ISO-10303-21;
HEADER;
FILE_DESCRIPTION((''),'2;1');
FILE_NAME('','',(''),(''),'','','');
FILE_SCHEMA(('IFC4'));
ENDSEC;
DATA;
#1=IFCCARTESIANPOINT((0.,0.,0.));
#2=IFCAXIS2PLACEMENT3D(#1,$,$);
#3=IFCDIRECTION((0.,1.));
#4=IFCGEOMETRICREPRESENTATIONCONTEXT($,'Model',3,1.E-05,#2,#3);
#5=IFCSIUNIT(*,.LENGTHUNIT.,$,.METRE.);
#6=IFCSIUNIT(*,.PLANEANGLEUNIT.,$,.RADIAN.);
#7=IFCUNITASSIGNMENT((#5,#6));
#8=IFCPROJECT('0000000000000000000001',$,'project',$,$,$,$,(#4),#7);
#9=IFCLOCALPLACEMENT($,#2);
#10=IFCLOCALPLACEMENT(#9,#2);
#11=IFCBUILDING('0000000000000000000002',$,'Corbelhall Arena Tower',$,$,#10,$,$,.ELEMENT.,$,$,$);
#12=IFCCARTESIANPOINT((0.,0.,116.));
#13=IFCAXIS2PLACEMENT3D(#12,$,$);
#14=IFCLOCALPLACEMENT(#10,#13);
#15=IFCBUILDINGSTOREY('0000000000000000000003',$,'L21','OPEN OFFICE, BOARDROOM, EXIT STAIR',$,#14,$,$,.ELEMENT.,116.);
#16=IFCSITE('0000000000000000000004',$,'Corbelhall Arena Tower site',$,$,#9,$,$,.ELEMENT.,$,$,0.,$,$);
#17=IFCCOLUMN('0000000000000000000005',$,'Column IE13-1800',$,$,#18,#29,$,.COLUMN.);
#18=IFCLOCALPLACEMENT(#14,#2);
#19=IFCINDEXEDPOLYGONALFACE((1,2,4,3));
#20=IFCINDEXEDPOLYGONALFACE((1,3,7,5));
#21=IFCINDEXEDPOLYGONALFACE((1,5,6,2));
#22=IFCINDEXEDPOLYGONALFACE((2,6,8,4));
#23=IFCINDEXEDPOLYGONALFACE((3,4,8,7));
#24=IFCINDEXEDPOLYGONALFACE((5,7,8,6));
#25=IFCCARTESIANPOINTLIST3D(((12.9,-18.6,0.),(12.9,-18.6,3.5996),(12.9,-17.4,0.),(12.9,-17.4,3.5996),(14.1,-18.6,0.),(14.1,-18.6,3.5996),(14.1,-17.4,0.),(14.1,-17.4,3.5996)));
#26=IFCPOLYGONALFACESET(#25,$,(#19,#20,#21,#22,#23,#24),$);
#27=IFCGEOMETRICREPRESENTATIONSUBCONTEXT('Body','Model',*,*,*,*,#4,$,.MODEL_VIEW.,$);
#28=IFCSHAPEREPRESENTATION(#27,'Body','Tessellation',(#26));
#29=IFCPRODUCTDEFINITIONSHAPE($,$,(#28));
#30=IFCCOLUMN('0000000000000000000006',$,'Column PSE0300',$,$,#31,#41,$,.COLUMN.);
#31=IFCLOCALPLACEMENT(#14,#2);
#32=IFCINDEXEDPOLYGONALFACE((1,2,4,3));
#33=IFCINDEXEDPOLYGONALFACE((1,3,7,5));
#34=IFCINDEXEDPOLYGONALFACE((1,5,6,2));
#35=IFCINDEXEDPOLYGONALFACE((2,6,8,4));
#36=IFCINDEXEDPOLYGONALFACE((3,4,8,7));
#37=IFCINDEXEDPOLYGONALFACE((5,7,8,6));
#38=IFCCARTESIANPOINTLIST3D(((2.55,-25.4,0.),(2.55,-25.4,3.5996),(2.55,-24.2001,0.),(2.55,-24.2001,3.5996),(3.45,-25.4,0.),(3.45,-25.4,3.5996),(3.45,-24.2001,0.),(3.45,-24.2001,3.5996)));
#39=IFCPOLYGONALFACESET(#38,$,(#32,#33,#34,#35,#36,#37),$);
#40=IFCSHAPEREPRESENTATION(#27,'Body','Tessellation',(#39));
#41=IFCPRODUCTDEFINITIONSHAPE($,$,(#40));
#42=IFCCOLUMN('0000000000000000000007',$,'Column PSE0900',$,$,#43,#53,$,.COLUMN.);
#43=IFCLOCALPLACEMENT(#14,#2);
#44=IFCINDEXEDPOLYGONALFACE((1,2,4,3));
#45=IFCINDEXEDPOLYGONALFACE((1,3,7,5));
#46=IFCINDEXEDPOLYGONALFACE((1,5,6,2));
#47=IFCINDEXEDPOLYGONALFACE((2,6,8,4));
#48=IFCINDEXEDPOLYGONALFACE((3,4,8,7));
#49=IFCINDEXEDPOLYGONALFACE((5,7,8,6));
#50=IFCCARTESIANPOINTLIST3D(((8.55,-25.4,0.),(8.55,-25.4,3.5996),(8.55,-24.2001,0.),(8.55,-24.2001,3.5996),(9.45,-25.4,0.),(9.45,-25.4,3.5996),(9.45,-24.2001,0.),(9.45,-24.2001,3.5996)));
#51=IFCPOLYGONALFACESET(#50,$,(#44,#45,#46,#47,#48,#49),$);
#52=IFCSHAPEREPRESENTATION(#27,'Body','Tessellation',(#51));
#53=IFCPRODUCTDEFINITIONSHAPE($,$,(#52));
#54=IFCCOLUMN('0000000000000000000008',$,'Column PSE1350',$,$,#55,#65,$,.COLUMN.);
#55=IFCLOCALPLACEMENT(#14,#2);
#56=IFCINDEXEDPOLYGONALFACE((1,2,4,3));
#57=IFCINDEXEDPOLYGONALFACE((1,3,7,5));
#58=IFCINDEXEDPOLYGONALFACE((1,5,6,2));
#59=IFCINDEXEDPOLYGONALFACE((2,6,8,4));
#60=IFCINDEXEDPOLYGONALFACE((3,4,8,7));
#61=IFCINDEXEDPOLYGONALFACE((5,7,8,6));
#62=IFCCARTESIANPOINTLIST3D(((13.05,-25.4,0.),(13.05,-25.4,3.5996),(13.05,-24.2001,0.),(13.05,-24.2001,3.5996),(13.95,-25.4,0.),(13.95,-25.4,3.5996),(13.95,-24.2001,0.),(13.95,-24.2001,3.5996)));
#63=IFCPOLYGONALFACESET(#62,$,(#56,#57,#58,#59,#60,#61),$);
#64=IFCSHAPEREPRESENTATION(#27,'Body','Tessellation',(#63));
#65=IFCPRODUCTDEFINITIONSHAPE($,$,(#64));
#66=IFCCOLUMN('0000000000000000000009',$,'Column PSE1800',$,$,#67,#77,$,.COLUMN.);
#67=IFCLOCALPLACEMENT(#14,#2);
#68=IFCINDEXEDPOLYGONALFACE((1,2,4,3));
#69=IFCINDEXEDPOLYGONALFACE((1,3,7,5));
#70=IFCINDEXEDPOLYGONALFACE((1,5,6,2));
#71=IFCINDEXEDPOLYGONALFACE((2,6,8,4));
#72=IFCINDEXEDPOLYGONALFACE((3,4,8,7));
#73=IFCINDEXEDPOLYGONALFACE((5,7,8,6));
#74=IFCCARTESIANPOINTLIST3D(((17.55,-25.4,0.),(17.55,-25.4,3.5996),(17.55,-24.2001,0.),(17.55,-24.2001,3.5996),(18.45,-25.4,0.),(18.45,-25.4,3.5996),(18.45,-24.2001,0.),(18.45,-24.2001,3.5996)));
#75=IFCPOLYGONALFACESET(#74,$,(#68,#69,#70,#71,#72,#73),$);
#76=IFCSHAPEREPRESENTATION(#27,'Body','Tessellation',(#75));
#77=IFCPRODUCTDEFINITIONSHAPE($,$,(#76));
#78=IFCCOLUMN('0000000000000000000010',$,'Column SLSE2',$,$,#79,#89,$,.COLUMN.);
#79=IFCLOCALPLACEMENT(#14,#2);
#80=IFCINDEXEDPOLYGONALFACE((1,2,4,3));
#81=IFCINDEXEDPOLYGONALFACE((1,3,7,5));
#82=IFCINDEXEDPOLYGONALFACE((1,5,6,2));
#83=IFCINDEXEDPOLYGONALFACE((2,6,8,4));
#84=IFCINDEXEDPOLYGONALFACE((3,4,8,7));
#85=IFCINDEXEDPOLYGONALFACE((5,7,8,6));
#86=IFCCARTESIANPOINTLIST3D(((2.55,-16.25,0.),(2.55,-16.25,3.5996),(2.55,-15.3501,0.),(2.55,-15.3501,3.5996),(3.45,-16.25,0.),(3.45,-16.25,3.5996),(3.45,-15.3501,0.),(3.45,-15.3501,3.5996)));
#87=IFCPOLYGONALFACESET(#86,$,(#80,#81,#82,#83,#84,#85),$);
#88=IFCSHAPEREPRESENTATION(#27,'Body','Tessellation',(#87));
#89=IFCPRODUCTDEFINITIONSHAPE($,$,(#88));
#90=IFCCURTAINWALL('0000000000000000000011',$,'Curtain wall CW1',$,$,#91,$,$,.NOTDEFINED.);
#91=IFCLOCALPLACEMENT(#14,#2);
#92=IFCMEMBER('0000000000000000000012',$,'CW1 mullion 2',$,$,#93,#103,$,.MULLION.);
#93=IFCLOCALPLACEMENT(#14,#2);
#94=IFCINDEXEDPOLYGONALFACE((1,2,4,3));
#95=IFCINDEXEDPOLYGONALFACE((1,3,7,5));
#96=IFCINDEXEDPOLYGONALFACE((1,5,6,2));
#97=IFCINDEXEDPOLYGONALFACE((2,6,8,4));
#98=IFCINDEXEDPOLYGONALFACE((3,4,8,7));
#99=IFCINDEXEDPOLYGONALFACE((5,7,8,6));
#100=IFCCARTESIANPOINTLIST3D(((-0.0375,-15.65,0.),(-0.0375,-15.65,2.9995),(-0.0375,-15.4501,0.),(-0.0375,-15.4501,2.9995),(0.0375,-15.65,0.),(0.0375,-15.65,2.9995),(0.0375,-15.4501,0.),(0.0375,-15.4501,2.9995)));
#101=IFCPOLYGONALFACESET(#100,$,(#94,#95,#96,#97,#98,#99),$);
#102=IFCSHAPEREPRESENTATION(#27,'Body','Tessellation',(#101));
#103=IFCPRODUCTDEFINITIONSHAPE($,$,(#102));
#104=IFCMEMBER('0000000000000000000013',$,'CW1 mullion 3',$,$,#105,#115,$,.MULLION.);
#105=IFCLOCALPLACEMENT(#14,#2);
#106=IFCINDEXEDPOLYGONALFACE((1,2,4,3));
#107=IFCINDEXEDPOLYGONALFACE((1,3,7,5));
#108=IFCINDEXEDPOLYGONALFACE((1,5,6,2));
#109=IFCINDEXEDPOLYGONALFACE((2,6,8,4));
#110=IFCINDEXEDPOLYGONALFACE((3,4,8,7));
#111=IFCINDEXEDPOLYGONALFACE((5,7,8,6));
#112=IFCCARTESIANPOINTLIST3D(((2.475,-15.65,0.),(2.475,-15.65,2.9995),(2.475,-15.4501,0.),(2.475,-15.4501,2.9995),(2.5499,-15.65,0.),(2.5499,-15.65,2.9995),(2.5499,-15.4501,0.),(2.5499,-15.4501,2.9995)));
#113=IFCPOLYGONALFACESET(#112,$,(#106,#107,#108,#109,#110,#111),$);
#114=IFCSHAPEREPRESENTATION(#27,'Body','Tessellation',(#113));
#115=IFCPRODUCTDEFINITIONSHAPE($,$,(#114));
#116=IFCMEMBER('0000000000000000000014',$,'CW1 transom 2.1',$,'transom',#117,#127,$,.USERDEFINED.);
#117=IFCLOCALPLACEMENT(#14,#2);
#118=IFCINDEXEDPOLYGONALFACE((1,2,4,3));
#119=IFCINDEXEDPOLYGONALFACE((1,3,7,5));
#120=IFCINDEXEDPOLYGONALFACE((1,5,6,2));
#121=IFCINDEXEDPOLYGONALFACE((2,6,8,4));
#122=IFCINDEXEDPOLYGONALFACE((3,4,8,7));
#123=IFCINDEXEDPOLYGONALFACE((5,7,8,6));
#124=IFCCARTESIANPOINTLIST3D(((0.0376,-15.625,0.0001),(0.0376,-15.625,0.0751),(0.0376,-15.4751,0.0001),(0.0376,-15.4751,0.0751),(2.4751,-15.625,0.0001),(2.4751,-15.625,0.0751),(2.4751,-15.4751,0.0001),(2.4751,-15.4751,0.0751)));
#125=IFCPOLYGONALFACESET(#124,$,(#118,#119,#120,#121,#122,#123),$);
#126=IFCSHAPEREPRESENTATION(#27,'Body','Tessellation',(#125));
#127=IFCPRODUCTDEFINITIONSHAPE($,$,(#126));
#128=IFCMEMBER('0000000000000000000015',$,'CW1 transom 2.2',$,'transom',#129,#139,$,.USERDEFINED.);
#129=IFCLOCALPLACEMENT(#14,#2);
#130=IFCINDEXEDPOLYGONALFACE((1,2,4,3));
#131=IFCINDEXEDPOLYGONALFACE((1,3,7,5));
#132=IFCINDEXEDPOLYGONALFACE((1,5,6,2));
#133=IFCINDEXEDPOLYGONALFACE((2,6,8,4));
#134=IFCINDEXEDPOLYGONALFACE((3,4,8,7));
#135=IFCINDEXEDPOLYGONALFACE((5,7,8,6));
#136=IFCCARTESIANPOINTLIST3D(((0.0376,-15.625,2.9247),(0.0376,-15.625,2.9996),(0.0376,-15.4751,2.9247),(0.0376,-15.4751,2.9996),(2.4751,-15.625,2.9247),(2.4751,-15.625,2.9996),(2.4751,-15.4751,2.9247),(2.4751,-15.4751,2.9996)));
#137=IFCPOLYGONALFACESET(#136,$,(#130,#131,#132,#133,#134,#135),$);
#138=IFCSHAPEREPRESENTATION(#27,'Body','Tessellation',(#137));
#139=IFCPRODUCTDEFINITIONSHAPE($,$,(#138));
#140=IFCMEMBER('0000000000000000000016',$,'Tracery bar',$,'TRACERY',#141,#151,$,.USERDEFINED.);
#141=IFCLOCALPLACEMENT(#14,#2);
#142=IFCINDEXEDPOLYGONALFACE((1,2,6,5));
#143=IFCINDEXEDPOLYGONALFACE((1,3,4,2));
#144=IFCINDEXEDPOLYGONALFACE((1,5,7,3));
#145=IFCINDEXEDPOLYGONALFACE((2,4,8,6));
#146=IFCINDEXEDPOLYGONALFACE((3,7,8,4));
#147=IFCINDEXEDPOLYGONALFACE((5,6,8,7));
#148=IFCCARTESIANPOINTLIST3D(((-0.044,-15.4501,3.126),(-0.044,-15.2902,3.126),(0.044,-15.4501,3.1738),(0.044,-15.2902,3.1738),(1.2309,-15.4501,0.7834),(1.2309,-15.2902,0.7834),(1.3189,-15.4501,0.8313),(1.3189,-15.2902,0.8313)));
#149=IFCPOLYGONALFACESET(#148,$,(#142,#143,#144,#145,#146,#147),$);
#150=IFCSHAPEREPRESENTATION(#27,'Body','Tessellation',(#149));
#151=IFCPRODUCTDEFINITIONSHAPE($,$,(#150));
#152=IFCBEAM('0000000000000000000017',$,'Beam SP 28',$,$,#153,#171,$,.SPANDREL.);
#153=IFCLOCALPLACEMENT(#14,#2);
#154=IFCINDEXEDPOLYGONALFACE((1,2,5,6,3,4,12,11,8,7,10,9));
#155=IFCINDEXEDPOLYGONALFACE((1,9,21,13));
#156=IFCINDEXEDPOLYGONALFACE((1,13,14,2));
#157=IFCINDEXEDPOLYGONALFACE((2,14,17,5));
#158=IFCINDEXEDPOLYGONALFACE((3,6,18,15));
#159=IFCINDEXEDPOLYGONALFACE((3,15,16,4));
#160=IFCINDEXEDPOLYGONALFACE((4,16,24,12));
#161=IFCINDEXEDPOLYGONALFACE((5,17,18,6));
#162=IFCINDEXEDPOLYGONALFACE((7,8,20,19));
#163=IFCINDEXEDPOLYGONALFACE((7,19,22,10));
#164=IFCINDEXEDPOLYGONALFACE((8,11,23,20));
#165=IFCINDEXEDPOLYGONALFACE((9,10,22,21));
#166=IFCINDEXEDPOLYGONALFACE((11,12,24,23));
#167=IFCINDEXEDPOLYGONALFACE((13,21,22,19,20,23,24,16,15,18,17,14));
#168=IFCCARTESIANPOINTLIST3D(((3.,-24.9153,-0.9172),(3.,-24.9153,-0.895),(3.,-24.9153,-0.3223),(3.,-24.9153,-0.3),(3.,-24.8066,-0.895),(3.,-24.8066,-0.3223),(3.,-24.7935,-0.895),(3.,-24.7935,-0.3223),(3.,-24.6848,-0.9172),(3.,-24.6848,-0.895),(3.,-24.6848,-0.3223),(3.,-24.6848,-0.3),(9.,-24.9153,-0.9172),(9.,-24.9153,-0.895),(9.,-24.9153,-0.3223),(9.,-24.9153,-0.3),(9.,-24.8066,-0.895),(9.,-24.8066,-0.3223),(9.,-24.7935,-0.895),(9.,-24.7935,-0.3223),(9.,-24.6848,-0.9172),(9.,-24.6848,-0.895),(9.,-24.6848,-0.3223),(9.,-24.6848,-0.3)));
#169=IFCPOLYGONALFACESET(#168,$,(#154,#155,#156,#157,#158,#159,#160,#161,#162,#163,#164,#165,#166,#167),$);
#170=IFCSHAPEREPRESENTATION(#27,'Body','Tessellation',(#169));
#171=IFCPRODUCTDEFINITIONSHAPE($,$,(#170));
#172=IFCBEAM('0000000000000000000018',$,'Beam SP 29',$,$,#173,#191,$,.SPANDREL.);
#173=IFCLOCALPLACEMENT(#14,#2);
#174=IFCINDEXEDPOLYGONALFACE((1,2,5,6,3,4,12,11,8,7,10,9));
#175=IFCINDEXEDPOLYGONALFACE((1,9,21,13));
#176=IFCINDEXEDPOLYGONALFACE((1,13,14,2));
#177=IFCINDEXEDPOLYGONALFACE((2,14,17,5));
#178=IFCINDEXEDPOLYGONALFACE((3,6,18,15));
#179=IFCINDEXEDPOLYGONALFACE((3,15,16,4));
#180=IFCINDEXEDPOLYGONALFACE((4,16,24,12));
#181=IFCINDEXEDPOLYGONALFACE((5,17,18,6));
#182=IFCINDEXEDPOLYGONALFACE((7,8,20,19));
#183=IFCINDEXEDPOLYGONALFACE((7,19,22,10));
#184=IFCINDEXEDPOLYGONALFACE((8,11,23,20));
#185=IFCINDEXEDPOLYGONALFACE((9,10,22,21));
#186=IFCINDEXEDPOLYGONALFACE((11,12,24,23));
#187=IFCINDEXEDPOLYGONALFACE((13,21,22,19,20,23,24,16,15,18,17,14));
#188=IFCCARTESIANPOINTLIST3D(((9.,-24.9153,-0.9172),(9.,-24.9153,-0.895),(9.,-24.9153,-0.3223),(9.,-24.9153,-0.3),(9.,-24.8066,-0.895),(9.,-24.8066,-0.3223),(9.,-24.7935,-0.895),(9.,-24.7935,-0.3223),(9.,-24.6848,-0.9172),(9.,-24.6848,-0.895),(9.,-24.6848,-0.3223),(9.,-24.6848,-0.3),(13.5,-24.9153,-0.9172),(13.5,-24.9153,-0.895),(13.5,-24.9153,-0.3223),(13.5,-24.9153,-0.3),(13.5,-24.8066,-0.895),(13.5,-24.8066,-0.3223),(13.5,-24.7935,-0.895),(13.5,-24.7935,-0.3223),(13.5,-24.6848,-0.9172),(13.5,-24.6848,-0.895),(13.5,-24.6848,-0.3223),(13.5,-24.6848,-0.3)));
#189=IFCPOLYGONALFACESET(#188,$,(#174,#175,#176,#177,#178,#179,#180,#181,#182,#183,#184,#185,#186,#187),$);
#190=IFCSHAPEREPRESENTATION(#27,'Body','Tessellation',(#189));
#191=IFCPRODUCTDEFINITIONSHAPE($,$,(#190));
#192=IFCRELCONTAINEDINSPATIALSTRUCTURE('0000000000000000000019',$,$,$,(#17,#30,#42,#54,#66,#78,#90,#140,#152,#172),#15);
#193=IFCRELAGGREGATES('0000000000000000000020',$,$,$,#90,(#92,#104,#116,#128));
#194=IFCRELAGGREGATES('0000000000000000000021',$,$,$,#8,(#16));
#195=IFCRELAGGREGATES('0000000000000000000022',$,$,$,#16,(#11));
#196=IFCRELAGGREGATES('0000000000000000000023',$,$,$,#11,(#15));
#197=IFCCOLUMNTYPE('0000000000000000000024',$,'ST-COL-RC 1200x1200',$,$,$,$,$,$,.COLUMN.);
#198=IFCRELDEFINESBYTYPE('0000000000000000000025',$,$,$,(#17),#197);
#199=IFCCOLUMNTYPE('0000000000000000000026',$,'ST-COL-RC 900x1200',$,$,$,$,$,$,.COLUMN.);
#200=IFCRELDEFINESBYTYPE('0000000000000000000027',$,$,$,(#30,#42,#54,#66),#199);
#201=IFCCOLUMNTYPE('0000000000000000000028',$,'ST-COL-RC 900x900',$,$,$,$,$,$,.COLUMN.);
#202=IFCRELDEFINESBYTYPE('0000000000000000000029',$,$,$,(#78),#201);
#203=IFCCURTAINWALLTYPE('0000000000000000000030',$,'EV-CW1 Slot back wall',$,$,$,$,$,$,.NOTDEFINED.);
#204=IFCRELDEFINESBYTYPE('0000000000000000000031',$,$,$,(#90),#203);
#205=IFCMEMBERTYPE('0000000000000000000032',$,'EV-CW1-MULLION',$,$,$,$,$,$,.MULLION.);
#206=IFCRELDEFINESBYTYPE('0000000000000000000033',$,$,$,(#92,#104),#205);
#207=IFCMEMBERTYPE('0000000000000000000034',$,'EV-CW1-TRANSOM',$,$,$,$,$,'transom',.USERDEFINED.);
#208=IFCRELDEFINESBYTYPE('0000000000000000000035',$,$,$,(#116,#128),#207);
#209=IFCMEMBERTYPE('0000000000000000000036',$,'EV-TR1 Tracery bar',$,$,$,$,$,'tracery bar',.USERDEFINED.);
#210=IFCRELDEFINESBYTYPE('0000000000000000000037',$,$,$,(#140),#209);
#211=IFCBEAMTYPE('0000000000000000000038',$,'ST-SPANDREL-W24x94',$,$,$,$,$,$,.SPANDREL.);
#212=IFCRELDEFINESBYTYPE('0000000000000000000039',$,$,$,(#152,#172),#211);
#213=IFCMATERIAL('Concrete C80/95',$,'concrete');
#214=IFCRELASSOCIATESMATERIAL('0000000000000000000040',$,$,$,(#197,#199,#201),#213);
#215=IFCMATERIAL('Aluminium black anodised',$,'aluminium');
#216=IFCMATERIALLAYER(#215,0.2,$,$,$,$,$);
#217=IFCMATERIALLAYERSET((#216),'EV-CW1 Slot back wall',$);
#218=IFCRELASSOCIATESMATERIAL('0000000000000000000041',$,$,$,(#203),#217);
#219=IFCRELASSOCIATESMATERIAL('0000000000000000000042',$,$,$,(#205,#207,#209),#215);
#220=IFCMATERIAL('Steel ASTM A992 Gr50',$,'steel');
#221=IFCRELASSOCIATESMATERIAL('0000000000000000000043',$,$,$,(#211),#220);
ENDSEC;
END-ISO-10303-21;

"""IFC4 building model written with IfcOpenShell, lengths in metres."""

from ifc_helpers import new_model, si_unit, direction, frame, origin, origin_2d, place, context, subcontext, project, spatial, rectangle, i_section, extrude, material, layer, layer_set, material_profile, profile_set, type_object, element, aggregate, save


model = new_model("IFC4")

# Units and contexts
model_context = context("Model", 3, precision=1e-05, world=origin(), true_north=direction((0.0, 1.0)))
body_context = subcontext(model_context, "Body", "Model", "MODEL_VIEW")
ifc_project = project(units=[si_unit("LENGTHUNIT", "METRE"), si_unit("PLANEANGLEUNIT", "RADIAN")], contexts=[model_context])

# Site, building, storey
site_placement = place(None, origin())
site = spatial("IfcSite", under=ifc_project, at=site_placement, Name="Corbelhall Arena Tower site", CompositionType="ELEMENT", RefElevation=0.0)
building_placement = place(site_placement, origin())
building = spatial("IfcBuilding", under=site, at=building_placement, Name="Corbelhall Arena Tower", CompositionType="ELEMENT")
storey_placement = place(building_placement, frame((0.0, 0.0, 116.0)))
storey = spatial("IfcBuildingStorey", under=building, at=storey_placement, Name="L21", Description="OPEN OFFICE, BOARDROOM, EXIT STAIR", CompositionType="ELEMENT", Elevation=116.0)

# Columns
ifc_material_1 = material(Name="Concrete C80/95", Category="concrete")
ifc_material_profile_1 = material_profile(ifc_material_1, rectangle(XDim=1.2, YDim=1.2, at=origin_2d()))
ifc_profile_set_1 = profile_set([ifc_material_profile_1], Name="Concrete C80/95")
column_type_1 = type_object("IfcColumnType", Name="ST-COL-RC 1200x1200", PredefinedType="COLUMN", material=ifc_profile_set_1)
column_1_placement = place(storey_placement, frame((13.5, -18.0, 0.0), z_axis=(0.0, 0.0, 1.0), x_axis=(1.0, 0.0, 0.0)))
element("IfcColumn", 1, at=column_1_placement, inside=storey, type_object=column_type_1, Name="Column IE13-1800", PredefinedType="COLUMN", context=body_context, shape_type="SweptSolid", body=[
    extrude(rectangle(XDim=1.2, YDim=1.2, at=origin_2d()), origin(), (0.0, 0.0, 1.0), 3.5996),
])
ifc_material_profile_2 = material_profile(ifc_material_1, rectangle(XDim=0.8999, YDim=1.2, at=origin_2d()))
ifc_profile_set_2 = profile_set([ifc_material_profile_2], Name="Concrete C80/95")
column_type_2 = type_object("IfcColumnType", Name="ST-COL-RC 900x1200", PredefinedType="COLUMN", material=ifc_profile_set_2)
for number, where, z_axis, x_axis, name in (
    (2, (3.0, -24.8, 0.0), (0.0, 0.0, 1.0), (1.0, 0.0, 0.0), "Column PSE0300"),
    (3, (9.0, -24.8, 0.0), (0.0, 0.0, 1.0), (1.0, 0.0, 0.0), "Column PSE0900"),
    (4, (13.5, -24.8, 0.0), (0.0, 0.0, 1.0), (1.0, 0.0, 0.0), "Column PSE1350"),
    (5, (18.0, -24.8, 0.0), (0.0, 0.0, 1.0), (1.0, 0.0, 0.0), "Column PSE1800"),
):
    element("IfcColumn", number, at=place(storey_placement, frame(where, z_axis=z_axis, x_axis=x_axis)), inside=storey, type_object=column_type_2, Name=name, PredefinedType="COLUMN", context=body_context, shape_type="SweptSolid", body=[
        extrude(rectangle(XDim=0.8999, YDim=1.2, at=origin_2d()), origin(), (0.0, 0.0, 1.0), 3.5996),
    ])
ifc_material_profile_3 = material_profile(ifc_material_1, rectangle(XDim=0.8999, YDim=0.8999, at=origin_2d()))
ifc_profile_set_3 = profile_set([ifc_material_profile_3], Name="Concrete C80/95")
column_type_3 = type_object("IfcColumnType", Name="ST-COL-RC 900x900", PredefinedType="COLUMN", material=ifc_profile_set_3)
column_2_placement = place(storey_placement, frame((3.0, -15.8, 0.0), z_axis=(0.0, 0.0, 1.0), x_axis=(1.0, 0.0, 0.0)))
element("IfcColumn", 6, at=column_2_placement, inside=storey, type_object=column_type_3, Name="Column SLSE2", PredefinedType="COLUMN", context=body_context, shape_type="SweptSolid", body=[
    extrude(rectangle(XDim=0.8999, YDim=0.8999, at=origin_2d()), origin(), (0.0, 0.0, 1.0), 3.5996),
])

# Curtain wall, members
ifc_material_2 = material(Name="Aluminium black anodised", Category="aluminium")
ifc_layer_1 = layer(ifc_material_2, 0.2)
ifc_layer_set_1 = layer_set([ifc_layer_1], Name="EV-CW1 Slot back wall")
curtain_wall_type = type_object("IfcCurtainWallType", Name="EV-CW1 Slot back wall", PredefinedType="NOTDEFINED", material=ifc_layer_set_1)
curtain_wall_placement = place(storey_placement, origin())
curtain_wall = element("IfcCurtainWall", 7, at=curtain_wall_placement, inside=storey, type_object=curtain_wall_type, Name="Curtain wall CW1", PredefinedType="NOTDEFINED")
ifc_material_profile_4 = material_profile(ifc_material_2, rectangle(XDim=0.2, YDim=0.075, at=origin_2d()))
ifc_profile_set_4 = profile_set([ifc_material_profile_4], Name="Aluminium black anodised")
member_type_1 = type_object("IfcMemberType", Name="EV-CW1-MULLION", PredefinedType="MULLION", material=ifc_profile_set_4)
member_1_placement = place(storey_placement, frame((0.0, -15.55, 0.0), z_axis=(0.0, 0.0, 1.0), x_axis=(0.0, 1.0, 0.0)))
member_1 = element("IfcMember", 8, at=member_1_placement, type_object=member_type_1, Name="CW1 mullion 2", PredefinedType="MULLION", context=body_context, shape_type="SweptSolid", body=[
    extrude(rectangle(XDim=0.2, YDim=0.075, at=origin_2d()), origin(), (0.0, 0.0, 1.0), 2.9995),
])
member_2_placement = place(storey_placement, frame((2.5125, -15.55, 0.0), z_axis=(0.0, 0.0, 1.0), x_axis=(0.0, 1.0, 0.0)))
member_2 = element("IfcMember", 9, at=member_2_placement, type_object=member_type_1, Name="CW1 mullion 3", PredefinedType="MULLION", context=body_context, shape_type="SweptSolid", body=[
    extrude(rectangle(XDim=0.2, YDim=0.075, at=origin_2d()), origin(), (0.0, 0.0, 1.0), 2.9995),
])
ifc_material_profile_5 = material_profile(ifc_material_2, rectangle(XDim=0.1499, YDim=0.075, at=origin_2d()))
ifc_profile_set_5 = profile_set([ifc_material_profile_5], Name="Aluminium black anodised")
member_type_2 = type_object("IfcMemberType", Name="EV-CW1-TRANSOM", ElementType="transom", PredefinedType="USERDEFINED", material=ifc_profile_set_5)
member_3_placement = place(storey_placement, frame((0.0376, -15.55, 0.0376), z_axis=(1.0, 0.0, 0.0), x_axis=(0.0, 1.0, 0.0)))
member_3 = element("IfcMember", 10, at=member_3_placement, type_object=member_type_2, Name="CW1 transom 2.1", ObjectType="transom", PredefinedType="USERDEFINED", context=body_context, shape_type="SweptSolid", body=[
    extrude(rectangle(XDim=0.1499, YDim=0.075, at=origin_2d()), origin(), (0.0, 0.0, 1.0), 2.4375),
])
member_4_placement = place(storey_placement, frame((0.0376, -15.55, 2.9622), z_axis=(1.0, 0.0, 0.0), x_axis=(0.0, 1.0, 0.0)))
member_4 = element("IfcMember", 11, at=member_4_placement, type_object=member_type_2, Name="CW1 transom 2.2", ObjectType="transom", PredefinedType="USERDEFINED", context=body_context, shape_type="SweptSolid", body=[
    extrude(rectangle(XDim=0.1499, YDim=0.075, at=origin_2d()), origin(), (0.0, 0.0, 1.0), 2.4375),
])

# Member
ifc_material_profile_6 = material_profile(ifc_material_2, rectangle(XDim=0.1599, YDim=0.1001, at=origin_2d()))
ifc_profile_set_6 = profile_set([ifc_material_profile_6], Name="Aluminium black anodised")
member_type_3 = type_object("IfcMemberType", Name="EV-TR1 Tracery bar", ElementType="tracery bar", PredefinedType="USERDEFINED", material=ifc_profile_set_6)
member_5_placement = place(storey_placement, frame((0.0, -15.3701, 3.1499), z_axis=(0.478031, 0.0, -0.878343), x_axis=(0.0, 1.0, 0.0)))
element("IfcMember", 12, at=member_5_placement, inside=storey, type_object=member_type_3, Name="Tracery bar", ObjectType="TRACERY", PredefinedType="USERDEFINED", context=body_context, shape_type="SweptSolid", body=[
    extrude(rectangle(XDim=0.1599, YDim=0.1001, at=origin_2d()), origin(), (0.0, 0.0, 1.0), 2.667),
])

# Beams
ifc_material_3 = material(Name="Steel ASTM A992 Gr50", Category="steel")
ifc_material_profile_7 = material_profile(ifc_material_3, i_section(OverallWidth=0.2305, OverallDepth=0.6172, WebThickness=0.0132, FlangeThickness=0.0222, at=origin_2d()))
ifc_profile_set_7 = profile_set([ifc_material_profile_7], Name="Steel ASTM A992 Gr50")
beam_type_1 = type_object("IfcBeamType", Name="ST-SPANDREL-W24x94", PredefinedType="SPANDREL", material=ifc_profile_set_7)
beam_1_placement = place(storey_placement, frame((9.0, -24.8, -0.6086), z_axis=(-1.0, 0.0, 0.0), x_axis=(0.0, -1.0, 0.0)))
element("IfcBeam", 13, at=beam_1_placement, inside=storey, type_object=beam_type_1, Name="Beam SP 28", PredefinedType="SPANDREL", context=body_context, shape_type="SweptSolid", body=[
    extrude(i_section(OverallWidth=0.2305, OverallDepth=0.6172, WebThickness=0.0132, FlangeThickness=0.0222, at=origin_2d()), origin(), (0.0, 0.0, 1.0), 6.0),
])
for number, where, z_axis, x_axis, name in (
    (14, (13.5, -24.8, -0.6086), (-1.0, 0.0, 0.0), (0.0, -1.0, 0.0), "Beam SP 29"),
):
    element("IfcBeam", number, at=place(storey_placement, frame(where, z_axis=z_axis, x_axis=x_axis)), inside=storey, type_object=beam_type_1, Name=name, PredefinedType="SPANDREL", context=body_context, shape_type="SweptSolid", body=[
        extrude(i_section(OverallWidth=0.2305, OverallDepth=0.6172, WebThickness=0.0132, FlangeThickness=0.0222, at=origin_2d()), origin(), (0.0, 0.0, 1.0), 4.5),
    ])

aggregate(curtain_wall, [member_1, member_2, member_3, member_4])

save(model, "model.ifc")
